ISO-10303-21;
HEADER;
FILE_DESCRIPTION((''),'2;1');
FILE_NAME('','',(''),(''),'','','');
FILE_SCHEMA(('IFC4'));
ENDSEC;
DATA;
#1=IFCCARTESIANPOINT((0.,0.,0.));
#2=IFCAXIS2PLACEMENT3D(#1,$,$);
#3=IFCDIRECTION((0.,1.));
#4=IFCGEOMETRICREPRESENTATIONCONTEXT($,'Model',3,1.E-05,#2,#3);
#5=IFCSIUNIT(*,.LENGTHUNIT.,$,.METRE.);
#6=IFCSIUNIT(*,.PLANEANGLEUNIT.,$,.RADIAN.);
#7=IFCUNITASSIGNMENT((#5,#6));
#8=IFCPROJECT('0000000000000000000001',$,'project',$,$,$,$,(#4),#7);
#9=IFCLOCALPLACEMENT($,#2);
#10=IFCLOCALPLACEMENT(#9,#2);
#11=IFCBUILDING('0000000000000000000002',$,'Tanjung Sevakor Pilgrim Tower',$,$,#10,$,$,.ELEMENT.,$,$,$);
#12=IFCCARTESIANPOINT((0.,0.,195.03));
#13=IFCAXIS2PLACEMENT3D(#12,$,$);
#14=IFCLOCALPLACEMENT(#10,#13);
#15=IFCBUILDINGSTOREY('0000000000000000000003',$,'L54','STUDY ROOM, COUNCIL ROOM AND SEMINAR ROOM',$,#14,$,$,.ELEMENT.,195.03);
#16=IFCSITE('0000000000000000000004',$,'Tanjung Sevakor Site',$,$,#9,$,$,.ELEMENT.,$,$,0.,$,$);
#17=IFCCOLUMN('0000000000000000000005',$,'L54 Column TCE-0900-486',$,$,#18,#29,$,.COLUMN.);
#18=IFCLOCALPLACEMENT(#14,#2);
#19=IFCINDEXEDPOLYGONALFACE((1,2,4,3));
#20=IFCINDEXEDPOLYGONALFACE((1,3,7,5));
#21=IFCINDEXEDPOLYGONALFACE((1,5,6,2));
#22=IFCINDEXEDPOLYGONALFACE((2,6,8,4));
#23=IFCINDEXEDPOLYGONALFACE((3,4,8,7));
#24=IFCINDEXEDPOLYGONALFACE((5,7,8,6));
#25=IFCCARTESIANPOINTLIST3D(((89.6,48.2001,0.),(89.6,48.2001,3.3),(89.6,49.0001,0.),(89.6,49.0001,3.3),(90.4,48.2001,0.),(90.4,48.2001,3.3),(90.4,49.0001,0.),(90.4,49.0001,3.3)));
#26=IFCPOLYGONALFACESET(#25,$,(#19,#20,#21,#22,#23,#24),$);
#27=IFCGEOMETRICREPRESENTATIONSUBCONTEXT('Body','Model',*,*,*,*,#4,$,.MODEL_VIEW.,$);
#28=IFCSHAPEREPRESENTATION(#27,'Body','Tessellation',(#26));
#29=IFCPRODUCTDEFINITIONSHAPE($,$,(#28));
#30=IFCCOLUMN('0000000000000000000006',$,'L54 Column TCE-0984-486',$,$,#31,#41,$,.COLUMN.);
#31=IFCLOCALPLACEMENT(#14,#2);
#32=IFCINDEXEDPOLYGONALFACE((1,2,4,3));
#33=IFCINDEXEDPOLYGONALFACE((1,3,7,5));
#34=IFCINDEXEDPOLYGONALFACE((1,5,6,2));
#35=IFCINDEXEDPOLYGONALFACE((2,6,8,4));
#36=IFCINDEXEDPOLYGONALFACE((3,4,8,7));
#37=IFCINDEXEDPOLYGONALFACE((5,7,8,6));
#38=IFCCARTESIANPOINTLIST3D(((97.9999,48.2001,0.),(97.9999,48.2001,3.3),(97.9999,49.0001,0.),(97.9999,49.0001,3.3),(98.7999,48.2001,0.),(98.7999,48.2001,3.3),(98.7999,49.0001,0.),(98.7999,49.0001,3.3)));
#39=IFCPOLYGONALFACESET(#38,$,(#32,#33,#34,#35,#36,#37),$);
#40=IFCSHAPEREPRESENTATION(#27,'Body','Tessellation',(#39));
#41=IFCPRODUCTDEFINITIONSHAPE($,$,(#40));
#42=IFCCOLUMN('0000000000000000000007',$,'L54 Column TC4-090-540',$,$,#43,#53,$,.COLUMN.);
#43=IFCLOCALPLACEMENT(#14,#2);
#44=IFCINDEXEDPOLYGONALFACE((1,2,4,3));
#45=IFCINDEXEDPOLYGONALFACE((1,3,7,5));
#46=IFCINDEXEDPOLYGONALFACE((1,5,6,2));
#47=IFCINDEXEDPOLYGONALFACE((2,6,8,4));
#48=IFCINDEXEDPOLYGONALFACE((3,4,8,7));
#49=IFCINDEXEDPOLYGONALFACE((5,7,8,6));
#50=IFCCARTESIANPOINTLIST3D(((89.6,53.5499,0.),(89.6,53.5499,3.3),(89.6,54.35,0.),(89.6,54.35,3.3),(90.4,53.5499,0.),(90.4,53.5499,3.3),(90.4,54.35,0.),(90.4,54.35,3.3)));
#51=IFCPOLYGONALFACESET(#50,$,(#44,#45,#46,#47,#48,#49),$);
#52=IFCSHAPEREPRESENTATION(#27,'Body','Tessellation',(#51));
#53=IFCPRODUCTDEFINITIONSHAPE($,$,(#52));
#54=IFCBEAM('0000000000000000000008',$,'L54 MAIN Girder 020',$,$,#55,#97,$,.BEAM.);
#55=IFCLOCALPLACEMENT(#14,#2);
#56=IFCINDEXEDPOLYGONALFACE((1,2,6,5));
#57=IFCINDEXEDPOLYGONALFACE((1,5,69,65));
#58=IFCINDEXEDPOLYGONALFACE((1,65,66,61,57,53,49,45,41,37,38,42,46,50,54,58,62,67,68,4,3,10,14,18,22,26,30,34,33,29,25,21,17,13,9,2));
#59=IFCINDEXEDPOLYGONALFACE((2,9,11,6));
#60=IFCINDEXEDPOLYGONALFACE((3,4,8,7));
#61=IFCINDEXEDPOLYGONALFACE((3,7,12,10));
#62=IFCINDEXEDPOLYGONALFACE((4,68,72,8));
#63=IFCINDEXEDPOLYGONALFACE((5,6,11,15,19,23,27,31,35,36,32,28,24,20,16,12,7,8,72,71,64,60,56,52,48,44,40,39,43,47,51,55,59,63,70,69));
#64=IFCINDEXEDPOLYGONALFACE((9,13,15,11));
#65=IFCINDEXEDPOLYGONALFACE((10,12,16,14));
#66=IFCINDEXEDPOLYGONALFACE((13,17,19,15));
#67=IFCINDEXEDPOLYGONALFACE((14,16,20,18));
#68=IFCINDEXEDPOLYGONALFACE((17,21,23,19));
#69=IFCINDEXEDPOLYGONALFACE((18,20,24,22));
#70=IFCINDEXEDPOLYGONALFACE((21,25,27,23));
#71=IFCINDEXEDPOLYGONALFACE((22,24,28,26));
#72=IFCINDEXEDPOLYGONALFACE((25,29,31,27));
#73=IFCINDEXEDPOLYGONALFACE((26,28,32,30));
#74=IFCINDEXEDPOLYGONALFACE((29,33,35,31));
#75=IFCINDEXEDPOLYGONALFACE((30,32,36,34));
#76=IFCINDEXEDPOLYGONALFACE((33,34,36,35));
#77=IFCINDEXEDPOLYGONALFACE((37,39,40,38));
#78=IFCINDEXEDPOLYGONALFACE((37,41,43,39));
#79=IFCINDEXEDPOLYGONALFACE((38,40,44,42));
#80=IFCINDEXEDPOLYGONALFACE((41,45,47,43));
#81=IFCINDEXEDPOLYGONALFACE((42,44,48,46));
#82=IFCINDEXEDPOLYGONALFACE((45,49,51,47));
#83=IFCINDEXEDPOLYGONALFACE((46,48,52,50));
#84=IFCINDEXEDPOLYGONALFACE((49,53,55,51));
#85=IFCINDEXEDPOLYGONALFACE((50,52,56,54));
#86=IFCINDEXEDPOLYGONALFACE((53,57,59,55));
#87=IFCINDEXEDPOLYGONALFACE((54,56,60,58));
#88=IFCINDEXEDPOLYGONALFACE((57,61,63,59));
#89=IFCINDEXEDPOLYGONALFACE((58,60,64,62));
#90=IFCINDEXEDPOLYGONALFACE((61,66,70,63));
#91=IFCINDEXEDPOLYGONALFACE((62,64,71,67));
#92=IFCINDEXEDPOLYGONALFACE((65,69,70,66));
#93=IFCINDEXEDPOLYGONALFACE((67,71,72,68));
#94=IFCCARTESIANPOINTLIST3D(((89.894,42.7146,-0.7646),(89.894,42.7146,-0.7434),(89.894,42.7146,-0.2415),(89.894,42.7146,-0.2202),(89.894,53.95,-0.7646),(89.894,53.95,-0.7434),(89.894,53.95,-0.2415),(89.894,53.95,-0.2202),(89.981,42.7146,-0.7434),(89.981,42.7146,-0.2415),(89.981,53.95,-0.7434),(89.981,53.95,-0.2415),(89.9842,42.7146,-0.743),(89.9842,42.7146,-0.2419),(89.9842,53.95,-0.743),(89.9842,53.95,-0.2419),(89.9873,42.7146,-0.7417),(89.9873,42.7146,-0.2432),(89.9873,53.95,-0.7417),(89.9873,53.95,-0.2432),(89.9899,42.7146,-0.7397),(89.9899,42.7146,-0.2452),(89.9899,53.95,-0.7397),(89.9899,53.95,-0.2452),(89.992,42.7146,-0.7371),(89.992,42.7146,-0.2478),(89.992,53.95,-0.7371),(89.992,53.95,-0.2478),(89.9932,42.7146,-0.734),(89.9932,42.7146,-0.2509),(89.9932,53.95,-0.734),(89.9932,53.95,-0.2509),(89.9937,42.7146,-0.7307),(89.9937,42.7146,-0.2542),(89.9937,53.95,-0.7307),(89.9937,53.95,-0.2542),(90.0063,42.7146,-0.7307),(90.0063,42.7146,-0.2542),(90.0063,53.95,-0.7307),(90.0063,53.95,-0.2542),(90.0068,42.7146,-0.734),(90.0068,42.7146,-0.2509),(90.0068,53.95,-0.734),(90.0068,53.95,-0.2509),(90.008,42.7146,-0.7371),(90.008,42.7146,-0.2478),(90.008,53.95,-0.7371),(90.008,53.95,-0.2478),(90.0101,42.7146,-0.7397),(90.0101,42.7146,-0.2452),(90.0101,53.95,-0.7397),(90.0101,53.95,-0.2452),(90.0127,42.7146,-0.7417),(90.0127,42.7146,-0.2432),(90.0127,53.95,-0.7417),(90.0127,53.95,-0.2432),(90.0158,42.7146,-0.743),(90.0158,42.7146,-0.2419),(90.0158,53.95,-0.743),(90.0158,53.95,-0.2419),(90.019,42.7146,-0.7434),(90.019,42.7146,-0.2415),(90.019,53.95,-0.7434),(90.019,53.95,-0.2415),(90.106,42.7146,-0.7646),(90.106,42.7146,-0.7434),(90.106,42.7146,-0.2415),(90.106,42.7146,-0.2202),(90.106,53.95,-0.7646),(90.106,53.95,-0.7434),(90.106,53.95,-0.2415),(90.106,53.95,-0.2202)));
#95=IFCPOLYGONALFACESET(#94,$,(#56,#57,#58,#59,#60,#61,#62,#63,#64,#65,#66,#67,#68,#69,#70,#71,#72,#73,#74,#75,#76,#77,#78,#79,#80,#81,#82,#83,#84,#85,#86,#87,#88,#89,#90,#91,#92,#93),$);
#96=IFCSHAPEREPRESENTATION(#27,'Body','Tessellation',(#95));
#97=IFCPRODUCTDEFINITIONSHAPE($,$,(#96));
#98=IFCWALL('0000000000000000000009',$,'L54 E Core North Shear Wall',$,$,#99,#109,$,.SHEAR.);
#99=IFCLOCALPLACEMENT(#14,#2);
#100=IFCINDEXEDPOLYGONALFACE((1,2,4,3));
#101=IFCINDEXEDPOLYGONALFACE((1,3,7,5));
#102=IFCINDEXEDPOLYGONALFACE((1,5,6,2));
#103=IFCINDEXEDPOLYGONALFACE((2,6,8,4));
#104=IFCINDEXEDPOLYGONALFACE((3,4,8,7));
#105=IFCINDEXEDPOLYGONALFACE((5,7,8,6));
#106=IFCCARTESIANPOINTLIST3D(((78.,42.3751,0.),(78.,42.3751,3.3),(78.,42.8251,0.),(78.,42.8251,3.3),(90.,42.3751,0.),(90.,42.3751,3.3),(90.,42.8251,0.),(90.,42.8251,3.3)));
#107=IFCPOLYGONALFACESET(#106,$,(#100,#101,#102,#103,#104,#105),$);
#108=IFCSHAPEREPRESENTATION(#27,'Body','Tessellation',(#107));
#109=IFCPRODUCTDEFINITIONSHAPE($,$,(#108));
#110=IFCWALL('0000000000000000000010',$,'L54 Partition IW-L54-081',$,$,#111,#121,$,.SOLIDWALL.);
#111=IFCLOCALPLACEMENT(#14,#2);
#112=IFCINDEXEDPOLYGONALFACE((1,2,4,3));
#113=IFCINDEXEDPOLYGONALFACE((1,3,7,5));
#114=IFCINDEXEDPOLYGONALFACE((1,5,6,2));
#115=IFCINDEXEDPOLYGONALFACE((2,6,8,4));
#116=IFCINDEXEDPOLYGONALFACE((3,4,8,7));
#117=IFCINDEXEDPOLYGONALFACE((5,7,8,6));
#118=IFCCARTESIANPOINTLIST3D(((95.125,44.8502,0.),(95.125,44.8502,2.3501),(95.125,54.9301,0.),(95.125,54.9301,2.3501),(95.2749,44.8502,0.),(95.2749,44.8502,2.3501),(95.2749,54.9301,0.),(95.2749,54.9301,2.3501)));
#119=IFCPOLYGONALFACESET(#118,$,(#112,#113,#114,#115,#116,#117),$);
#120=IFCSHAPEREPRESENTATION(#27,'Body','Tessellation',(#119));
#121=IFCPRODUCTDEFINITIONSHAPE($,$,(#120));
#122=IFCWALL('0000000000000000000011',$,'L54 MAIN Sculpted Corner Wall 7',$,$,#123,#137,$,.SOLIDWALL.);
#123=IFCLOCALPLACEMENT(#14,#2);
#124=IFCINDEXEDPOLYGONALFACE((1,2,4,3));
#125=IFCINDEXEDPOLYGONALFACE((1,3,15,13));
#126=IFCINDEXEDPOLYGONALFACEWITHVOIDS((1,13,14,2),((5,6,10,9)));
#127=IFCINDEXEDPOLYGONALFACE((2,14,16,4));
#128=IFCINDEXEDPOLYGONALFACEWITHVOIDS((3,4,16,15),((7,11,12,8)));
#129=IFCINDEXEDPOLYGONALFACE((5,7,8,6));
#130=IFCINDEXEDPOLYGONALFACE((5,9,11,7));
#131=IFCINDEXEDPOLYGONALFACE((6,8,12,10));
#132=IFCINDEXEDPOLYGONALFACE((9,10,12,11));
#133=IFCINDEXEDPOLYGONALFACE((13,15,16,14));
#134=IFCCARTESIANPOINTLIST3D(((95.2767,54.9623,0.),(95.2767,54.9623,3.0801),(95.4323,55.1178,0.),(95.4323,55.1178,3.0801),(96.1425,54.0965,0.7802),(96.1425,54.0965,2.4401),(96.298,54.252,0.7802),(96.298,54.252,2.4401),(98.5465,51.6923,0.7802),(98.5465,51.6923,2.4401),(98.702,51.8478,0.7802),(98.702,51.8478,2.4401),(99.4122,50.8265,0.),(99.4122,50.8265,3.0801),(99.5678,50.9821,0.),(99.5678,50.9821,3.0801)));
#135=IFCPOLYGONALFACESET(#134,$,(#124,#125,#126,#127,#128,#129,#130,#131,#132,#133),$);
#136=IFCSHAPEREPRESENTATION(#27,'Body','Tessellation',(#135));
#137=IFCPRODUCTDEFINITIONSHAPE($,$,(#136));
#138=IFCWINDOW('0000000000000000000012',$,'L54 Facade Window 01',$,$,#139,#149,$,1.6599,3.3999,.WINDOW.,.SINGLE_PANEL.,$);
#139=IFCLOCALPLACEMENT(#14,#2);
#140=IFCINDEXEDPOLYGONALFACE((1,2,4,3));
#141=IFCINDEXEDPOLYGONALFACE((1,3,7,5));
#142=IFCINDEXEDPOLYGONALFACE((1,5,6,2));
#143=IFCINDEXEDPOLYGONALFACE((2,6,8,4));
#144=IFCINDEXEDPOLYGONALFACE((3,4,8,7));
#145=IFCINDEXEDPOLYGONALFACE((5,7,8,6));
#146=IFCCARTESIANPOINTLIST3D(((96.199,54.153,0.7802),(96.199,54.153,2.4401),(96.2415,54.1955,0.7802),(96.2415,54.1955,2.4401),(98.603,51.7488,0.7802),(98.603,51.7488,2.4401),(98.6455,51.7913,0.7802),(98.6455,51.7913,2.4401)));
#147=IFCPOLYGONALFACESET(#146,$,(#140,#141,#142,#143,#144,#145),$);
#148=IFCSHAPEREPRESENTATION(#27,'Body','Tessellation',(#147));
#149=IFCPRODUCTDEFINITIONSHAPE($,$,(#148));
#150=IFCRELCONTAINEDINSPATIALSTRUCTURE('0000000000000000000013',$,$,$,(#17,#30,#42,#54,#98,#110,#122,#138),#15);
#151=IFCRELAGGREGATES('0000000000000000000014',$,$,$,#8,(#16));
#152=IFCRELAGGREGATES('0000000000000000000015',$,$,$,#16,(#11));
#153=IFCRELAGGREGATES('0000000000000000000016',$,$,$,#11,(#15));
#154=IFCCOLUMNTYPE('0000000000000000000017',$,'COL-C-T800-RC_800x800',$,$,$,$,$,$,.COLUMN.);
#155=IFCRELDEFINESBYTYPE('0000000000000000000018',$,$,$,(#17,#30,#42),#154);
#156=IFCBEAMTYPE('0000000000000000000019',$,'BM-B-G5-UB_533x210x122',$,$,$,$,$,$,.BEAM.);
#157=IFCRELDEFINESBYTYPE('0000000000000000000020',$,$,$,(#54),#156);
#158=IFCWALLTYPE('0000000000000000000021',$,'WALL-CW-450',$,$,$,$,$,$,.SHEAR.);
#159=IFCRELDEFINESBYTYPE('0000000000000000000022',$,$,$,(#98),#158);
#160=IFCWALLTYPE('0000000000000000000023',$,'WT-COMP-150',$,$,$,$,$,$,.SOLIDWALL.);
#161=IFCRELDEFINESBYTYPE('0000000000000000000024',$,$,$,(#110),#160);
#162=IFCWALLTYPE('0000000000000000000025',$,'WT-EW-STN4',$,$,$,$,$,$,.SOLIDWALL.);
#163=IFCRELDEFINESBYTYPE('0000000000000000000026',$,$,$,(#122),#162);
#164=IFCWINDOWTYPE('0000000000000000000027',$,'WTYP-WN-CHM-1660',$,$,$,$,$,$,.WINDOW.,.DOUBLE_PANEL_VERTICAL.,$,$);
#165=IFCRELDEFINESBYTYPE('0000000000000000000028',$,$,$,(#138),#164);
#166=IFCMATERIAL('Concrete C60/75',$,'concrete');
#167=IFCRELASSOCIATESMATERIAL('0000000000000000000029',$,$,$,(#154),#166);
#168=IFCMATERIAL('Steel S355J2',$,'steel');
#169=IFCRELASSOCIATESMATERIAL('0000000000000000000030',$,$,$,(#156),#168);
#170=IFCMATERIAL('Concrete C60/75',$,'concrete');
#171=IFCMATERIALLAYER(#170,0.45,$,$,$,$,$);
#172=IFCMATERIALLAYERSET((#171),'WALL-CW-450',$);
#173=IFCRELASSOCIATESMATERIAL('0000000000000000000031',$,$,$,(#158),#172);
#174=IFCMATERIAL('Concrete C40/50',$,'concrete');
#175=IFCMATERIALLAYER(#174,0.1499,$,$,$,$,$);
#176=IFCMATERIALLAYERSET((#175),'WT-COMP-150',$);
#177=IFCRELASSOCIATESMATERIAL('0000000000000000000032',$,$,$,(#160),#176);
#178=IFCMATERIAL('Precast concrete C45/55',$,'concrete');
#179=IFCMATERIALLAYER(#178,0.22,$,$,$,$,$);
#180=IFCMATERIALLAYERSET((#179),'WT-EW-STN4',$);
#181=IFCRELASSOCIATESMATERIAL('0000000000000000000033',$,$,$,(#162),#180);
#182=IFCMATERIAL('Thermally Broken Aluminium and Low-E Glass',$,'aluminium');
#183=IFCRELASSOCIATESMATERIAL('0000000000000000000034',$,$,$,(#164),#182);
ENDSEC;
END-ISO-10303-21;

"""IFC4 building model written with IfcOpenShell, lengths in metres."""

from ifc_helpers import new_model, si_unit, direction, frame, frame_2d, origin, origin_2d, place, context, subcontext, project, spatial, rectangle, i_section, extrude, material, layer, layer_set, material_profile, profile_set, type_object, element, fill, save


model = new_model("IFC4")

# Units and contexts
model_context = context("Model", 3, precision=1e-05, world=origin(), true_north=direction((0.0, 1.0)))
body_context = subcontext(model_context, "Body", "Model", "MODEL_VIEW")
ifc_project = project(units=[si_unit("LENGTHUNIT", "METRE"), si_unit("PLANEANGLEUNIT", "RADIAN")], contexts=[model_context])

# Site, building, storey
site_placement = place(None, origin())
site = spatial("IfcSite", under=ifc_project, at=site_placement, Name="Tanjung Sevakor Site", CompositionType="ELEMENT", RefElevation=0.0)
building_placement = place(site_placement, origin())
building = spatial("IfcBuilding", under=site, at=building_placement, Name="Tanjung Sevakor Pilgrim Tower", CompositionType="ELEMENT")
storey_placement = place(building_placement, frame((0.0, 0.0, 195.03)))
storey = spatial("IfcBuildingStorey", under=building, at=storey_placement, Name="L54", Description="STUDY ROOM, COUNCIL ROOM AND SEMINAR ROOM", CompositionType="ELEMENT", Elevation=195.03)

# Columns
ifc_material_1 = material(Name="Concrete C60/75", Category="concrete")
ifc_material_profile_1 = material_profile(ifc_material_1, rectangle(XDim=0.8, YDim=0.8, at=origin_2d()))
ifc_profile_set_1 = profile_set([ifc_material_profile_1], Name="Concrete C60/75")
column_type = type_object("IfcColumnType", Name="COL-C-T800-RC_800x800", PredefinedType="COLUMN", material=ifc_profile_set_1)
for number, where, z_axis, x_axis, name in (
    (1, (90.0, 48.6001, 0.0), (0.0, 0.0, 1.0), (1.0, 0.0, 0.0), "L54 Column TCE-0900-486"),
    (2, (98.3999, 48.6001, 0.0), (0.0, 0.0, 1.0), (1.0, 0.0, 0.0), "L54 Column TCE-0984-486"),
    (3, (90.0, 53.95, 0.0), (0.0, 0.0, 1.0), (1.0, 0.0, 0.0), "L54 Column TC4-090-540"),
):
    element("IfcColumn", number, at=place(storey_placement, frame(where, z_axis=z_axis, x_axis=x_axis)), inside=storey, type_object=column_type, Name=name, PredefinedType="COLUMN", context=body_context, shape_type="SweptSolid", body=[
        extrude(rectangle(XDim=0.8, YDim=0.8, at=origin_2d()), origin(), (0.0, 0.0, 1.0), 3.3),
    ])

# Beam
ifc_material_2 = material(Name="Steel S355J2", Category="steel")
ifc_material_profile_2 = material_profile(ifc_material_2, i_section(OverallWidth=0.2119, OverallDepth=0.5444, WebThickness=0.0127, FlangeThickness=0.0212, FilletRadius=0.0127, at=origin_2d()))
ifc_profile_set_2 = profile_set([ifc_material_profile_2], Name="Steel S355J2")
beam_type = type_object("IfcBeamType", Name="BM-B-G5-UB_533x210x122", PredefinedType="BEAM", material=ifc_profile_set_2)
beam_placement = place(storey_placement, frame((90.0, 42.7146, -0.4924), z_axis=(0.0, 1.0, 0.0), x_axis=(-1.0, 0.0, 0.0)))
element("IfcBeam", 4, at=beam_placement, inside=storey, type_object=beam_type, Name="L54 MAIN Girder 020", PredefinedType="BEAM", context=body_context, shape_type="SweptSolid", body=[
    extrude(i_section(OverallWidth=0.2119, OverallDepth=0.5444, WebThickness=0.0127, FlangeThickness=0.0212, FilletRadius=0.0127, at=origin_2d()), origin(), (0.0, 0.0, 1.0), 11.2354),
])

# Walls
ifc_material_3 = material(Name="Concrete C60/75", Category="concrete")
ifc_layer_1 = layer(ifc_material_3, 0.45)
ifc_layer_set_1 = layer_set([ifc_layer_1], Name="WALL-CW-450")
wall_type_1 = type_object("IfcWallType", Name="WALL-CW-450", PredefinedType="SHEAR", material=ifc_layer_set_1)
wall_1_placement = place(storey_placement, frame((90.0, 42.6001, 0.0), z_axis=(0.0, 0.0, 1.0), x_axis=(-1.0, 0.0, 0.0)))
element("IfcWall", 5, at=wall_1_placement, inside=storey, type_object=wall_type_1, Name="L54 E Core North Shear Wall", PredefinedType="SHEAR", context=body_context, shape_type="SweptSolid", body=[
    extrude(rectangle(XDim=12.0, YDim=0.45, at=frame_2d((6.0, 0.0))), origin(), (0.0, 0.0, 1.0), 3.3),
])
ifc_material_4 = material(Name="Concrete C40/50", Category="concrete")
ifc_layer_2 = layer(ifc_material_4, 0.1499)
ifc_layer_set_2 = layer_set([ifc_layer_2], Name="WT-COMP-150")
wall_type_2 = type_object("IfcWallType", Name="WT-COMP-150", PredefinedType="SOLIDWALL", material=ifc_layer_set_2)
wall_2_placement = place(storey_placement, frame((95.2, 44.8501, 0.0), z_axis=(0.0, 0.0, 1.0), x_axis=(0.0, 1.0, 0.0)))
element("IfcWall", 6, at=wall_2_placement, inside=storey, type_object=wall_type_2, Name="L54 Partition IW-L54-081", PredefinedType="SOLIDWALL", context=body_context, shape_type="SweptSolid", body=[
    extrude(rectangle(XDim=10.0798, YDim=0.1499, at=frame_2d((5.04, 0.0))), origin(), (0.0, 0.0, 1.0), 2.3501),
])

# Wall, opening, window
ifc_material_5 = material(Name="Precast concrete C45/55", Category="concrete")
ifc_layer_3 = layer(ifc_material_5, 0.22)
ifc_layer_set_3 = layer_set([ifc_layer_3], Name="WT-EW-STN4")
wall_type_3 = type_object("IfcWallType", Name="WT-EW-STN4", PredefinedType="SOLIDWALL", material=ifc_layer_set_3)
wall_3_placement = place(storey_placement, frame((99.49, 50.9043, 0.0), z_axis=(0.0, 0.0, 1.0), x_axis=(-0.707086, 0.707128, 0.0)))
wall_3 = element("IfcWall", 7, at=wall_3_placement, inside=storey, type_object=wall_type_3, Name="L54 MAIN Sculpted Corner Wall 7", PredefinedType="SOLIDWALL", context=body_context, shape_type="SweptSolid", body=[
    extrude(rectangle(XDim=5.8486, YDim=0.22, at=frame_2d((2.9243, 0.0))), origin(), (0.0, 0.0, 1.0), 3.0801),
])
opening_1_placement = place(wall_3_placement, frame((1.2244, 0.0, 0.78)))
opening_1 = element("IfcOpeningElement", 8, at=opening_1_placement, cuts=wall_3, PredefinedType="OPENING", context=body_context, shape_type="SweptSolid", body=[
    extrude(rectangle(XDim=3.3999, YDim=1.6599, at=frame_2d((1.7, 0.8301))), frame((0.0, 0.1199, 0.0), z_axis=(0.0, -1.0, 0.0), x_axis=(1.0, 0.0, 0.0)), (0.0, 0.0, 1.0), 0.24),
])
ifc_material_6 = material(Name="Thermally Broken Aluminium and Low-E Glass", Category="aluminium")
window_type_1 = type_object("IfcWindowType", Name="WTYP-WN-CHM-1660", PartitioningType="DOUBLE_PANEL_VERTICAL", PredefinedType="WINDOW", material=ifc_material_6)
window_1_placement = place(opening_1_placement, origin())
window_1 = element("IfcWindow", 9, at=window_1_placement, inside=storey, type_object=window_type_1, Name="L54 Facade Window 01", OverallHeight=1.6599, OverallWidth=3.3999, PartitioningType="SINGLE_PANEL", PredefinedType="WINDOW", context=body_context, shape_type="SweptSolid", body=[
    extrude(rectangle(XDim=3.3999, YDim=1.6599, at=frame_2d((1.7, 0.8301))), frame((0.0, 0.03, 0.0), z_axis=(0.0, -1.0, 0.0), x_axis=(1.0, 0.0, 0.0)), (0.0, 0.0, 1.0), 0.0601),
])
fill(opening_1, window_1)

save(model, "model.ifc")
